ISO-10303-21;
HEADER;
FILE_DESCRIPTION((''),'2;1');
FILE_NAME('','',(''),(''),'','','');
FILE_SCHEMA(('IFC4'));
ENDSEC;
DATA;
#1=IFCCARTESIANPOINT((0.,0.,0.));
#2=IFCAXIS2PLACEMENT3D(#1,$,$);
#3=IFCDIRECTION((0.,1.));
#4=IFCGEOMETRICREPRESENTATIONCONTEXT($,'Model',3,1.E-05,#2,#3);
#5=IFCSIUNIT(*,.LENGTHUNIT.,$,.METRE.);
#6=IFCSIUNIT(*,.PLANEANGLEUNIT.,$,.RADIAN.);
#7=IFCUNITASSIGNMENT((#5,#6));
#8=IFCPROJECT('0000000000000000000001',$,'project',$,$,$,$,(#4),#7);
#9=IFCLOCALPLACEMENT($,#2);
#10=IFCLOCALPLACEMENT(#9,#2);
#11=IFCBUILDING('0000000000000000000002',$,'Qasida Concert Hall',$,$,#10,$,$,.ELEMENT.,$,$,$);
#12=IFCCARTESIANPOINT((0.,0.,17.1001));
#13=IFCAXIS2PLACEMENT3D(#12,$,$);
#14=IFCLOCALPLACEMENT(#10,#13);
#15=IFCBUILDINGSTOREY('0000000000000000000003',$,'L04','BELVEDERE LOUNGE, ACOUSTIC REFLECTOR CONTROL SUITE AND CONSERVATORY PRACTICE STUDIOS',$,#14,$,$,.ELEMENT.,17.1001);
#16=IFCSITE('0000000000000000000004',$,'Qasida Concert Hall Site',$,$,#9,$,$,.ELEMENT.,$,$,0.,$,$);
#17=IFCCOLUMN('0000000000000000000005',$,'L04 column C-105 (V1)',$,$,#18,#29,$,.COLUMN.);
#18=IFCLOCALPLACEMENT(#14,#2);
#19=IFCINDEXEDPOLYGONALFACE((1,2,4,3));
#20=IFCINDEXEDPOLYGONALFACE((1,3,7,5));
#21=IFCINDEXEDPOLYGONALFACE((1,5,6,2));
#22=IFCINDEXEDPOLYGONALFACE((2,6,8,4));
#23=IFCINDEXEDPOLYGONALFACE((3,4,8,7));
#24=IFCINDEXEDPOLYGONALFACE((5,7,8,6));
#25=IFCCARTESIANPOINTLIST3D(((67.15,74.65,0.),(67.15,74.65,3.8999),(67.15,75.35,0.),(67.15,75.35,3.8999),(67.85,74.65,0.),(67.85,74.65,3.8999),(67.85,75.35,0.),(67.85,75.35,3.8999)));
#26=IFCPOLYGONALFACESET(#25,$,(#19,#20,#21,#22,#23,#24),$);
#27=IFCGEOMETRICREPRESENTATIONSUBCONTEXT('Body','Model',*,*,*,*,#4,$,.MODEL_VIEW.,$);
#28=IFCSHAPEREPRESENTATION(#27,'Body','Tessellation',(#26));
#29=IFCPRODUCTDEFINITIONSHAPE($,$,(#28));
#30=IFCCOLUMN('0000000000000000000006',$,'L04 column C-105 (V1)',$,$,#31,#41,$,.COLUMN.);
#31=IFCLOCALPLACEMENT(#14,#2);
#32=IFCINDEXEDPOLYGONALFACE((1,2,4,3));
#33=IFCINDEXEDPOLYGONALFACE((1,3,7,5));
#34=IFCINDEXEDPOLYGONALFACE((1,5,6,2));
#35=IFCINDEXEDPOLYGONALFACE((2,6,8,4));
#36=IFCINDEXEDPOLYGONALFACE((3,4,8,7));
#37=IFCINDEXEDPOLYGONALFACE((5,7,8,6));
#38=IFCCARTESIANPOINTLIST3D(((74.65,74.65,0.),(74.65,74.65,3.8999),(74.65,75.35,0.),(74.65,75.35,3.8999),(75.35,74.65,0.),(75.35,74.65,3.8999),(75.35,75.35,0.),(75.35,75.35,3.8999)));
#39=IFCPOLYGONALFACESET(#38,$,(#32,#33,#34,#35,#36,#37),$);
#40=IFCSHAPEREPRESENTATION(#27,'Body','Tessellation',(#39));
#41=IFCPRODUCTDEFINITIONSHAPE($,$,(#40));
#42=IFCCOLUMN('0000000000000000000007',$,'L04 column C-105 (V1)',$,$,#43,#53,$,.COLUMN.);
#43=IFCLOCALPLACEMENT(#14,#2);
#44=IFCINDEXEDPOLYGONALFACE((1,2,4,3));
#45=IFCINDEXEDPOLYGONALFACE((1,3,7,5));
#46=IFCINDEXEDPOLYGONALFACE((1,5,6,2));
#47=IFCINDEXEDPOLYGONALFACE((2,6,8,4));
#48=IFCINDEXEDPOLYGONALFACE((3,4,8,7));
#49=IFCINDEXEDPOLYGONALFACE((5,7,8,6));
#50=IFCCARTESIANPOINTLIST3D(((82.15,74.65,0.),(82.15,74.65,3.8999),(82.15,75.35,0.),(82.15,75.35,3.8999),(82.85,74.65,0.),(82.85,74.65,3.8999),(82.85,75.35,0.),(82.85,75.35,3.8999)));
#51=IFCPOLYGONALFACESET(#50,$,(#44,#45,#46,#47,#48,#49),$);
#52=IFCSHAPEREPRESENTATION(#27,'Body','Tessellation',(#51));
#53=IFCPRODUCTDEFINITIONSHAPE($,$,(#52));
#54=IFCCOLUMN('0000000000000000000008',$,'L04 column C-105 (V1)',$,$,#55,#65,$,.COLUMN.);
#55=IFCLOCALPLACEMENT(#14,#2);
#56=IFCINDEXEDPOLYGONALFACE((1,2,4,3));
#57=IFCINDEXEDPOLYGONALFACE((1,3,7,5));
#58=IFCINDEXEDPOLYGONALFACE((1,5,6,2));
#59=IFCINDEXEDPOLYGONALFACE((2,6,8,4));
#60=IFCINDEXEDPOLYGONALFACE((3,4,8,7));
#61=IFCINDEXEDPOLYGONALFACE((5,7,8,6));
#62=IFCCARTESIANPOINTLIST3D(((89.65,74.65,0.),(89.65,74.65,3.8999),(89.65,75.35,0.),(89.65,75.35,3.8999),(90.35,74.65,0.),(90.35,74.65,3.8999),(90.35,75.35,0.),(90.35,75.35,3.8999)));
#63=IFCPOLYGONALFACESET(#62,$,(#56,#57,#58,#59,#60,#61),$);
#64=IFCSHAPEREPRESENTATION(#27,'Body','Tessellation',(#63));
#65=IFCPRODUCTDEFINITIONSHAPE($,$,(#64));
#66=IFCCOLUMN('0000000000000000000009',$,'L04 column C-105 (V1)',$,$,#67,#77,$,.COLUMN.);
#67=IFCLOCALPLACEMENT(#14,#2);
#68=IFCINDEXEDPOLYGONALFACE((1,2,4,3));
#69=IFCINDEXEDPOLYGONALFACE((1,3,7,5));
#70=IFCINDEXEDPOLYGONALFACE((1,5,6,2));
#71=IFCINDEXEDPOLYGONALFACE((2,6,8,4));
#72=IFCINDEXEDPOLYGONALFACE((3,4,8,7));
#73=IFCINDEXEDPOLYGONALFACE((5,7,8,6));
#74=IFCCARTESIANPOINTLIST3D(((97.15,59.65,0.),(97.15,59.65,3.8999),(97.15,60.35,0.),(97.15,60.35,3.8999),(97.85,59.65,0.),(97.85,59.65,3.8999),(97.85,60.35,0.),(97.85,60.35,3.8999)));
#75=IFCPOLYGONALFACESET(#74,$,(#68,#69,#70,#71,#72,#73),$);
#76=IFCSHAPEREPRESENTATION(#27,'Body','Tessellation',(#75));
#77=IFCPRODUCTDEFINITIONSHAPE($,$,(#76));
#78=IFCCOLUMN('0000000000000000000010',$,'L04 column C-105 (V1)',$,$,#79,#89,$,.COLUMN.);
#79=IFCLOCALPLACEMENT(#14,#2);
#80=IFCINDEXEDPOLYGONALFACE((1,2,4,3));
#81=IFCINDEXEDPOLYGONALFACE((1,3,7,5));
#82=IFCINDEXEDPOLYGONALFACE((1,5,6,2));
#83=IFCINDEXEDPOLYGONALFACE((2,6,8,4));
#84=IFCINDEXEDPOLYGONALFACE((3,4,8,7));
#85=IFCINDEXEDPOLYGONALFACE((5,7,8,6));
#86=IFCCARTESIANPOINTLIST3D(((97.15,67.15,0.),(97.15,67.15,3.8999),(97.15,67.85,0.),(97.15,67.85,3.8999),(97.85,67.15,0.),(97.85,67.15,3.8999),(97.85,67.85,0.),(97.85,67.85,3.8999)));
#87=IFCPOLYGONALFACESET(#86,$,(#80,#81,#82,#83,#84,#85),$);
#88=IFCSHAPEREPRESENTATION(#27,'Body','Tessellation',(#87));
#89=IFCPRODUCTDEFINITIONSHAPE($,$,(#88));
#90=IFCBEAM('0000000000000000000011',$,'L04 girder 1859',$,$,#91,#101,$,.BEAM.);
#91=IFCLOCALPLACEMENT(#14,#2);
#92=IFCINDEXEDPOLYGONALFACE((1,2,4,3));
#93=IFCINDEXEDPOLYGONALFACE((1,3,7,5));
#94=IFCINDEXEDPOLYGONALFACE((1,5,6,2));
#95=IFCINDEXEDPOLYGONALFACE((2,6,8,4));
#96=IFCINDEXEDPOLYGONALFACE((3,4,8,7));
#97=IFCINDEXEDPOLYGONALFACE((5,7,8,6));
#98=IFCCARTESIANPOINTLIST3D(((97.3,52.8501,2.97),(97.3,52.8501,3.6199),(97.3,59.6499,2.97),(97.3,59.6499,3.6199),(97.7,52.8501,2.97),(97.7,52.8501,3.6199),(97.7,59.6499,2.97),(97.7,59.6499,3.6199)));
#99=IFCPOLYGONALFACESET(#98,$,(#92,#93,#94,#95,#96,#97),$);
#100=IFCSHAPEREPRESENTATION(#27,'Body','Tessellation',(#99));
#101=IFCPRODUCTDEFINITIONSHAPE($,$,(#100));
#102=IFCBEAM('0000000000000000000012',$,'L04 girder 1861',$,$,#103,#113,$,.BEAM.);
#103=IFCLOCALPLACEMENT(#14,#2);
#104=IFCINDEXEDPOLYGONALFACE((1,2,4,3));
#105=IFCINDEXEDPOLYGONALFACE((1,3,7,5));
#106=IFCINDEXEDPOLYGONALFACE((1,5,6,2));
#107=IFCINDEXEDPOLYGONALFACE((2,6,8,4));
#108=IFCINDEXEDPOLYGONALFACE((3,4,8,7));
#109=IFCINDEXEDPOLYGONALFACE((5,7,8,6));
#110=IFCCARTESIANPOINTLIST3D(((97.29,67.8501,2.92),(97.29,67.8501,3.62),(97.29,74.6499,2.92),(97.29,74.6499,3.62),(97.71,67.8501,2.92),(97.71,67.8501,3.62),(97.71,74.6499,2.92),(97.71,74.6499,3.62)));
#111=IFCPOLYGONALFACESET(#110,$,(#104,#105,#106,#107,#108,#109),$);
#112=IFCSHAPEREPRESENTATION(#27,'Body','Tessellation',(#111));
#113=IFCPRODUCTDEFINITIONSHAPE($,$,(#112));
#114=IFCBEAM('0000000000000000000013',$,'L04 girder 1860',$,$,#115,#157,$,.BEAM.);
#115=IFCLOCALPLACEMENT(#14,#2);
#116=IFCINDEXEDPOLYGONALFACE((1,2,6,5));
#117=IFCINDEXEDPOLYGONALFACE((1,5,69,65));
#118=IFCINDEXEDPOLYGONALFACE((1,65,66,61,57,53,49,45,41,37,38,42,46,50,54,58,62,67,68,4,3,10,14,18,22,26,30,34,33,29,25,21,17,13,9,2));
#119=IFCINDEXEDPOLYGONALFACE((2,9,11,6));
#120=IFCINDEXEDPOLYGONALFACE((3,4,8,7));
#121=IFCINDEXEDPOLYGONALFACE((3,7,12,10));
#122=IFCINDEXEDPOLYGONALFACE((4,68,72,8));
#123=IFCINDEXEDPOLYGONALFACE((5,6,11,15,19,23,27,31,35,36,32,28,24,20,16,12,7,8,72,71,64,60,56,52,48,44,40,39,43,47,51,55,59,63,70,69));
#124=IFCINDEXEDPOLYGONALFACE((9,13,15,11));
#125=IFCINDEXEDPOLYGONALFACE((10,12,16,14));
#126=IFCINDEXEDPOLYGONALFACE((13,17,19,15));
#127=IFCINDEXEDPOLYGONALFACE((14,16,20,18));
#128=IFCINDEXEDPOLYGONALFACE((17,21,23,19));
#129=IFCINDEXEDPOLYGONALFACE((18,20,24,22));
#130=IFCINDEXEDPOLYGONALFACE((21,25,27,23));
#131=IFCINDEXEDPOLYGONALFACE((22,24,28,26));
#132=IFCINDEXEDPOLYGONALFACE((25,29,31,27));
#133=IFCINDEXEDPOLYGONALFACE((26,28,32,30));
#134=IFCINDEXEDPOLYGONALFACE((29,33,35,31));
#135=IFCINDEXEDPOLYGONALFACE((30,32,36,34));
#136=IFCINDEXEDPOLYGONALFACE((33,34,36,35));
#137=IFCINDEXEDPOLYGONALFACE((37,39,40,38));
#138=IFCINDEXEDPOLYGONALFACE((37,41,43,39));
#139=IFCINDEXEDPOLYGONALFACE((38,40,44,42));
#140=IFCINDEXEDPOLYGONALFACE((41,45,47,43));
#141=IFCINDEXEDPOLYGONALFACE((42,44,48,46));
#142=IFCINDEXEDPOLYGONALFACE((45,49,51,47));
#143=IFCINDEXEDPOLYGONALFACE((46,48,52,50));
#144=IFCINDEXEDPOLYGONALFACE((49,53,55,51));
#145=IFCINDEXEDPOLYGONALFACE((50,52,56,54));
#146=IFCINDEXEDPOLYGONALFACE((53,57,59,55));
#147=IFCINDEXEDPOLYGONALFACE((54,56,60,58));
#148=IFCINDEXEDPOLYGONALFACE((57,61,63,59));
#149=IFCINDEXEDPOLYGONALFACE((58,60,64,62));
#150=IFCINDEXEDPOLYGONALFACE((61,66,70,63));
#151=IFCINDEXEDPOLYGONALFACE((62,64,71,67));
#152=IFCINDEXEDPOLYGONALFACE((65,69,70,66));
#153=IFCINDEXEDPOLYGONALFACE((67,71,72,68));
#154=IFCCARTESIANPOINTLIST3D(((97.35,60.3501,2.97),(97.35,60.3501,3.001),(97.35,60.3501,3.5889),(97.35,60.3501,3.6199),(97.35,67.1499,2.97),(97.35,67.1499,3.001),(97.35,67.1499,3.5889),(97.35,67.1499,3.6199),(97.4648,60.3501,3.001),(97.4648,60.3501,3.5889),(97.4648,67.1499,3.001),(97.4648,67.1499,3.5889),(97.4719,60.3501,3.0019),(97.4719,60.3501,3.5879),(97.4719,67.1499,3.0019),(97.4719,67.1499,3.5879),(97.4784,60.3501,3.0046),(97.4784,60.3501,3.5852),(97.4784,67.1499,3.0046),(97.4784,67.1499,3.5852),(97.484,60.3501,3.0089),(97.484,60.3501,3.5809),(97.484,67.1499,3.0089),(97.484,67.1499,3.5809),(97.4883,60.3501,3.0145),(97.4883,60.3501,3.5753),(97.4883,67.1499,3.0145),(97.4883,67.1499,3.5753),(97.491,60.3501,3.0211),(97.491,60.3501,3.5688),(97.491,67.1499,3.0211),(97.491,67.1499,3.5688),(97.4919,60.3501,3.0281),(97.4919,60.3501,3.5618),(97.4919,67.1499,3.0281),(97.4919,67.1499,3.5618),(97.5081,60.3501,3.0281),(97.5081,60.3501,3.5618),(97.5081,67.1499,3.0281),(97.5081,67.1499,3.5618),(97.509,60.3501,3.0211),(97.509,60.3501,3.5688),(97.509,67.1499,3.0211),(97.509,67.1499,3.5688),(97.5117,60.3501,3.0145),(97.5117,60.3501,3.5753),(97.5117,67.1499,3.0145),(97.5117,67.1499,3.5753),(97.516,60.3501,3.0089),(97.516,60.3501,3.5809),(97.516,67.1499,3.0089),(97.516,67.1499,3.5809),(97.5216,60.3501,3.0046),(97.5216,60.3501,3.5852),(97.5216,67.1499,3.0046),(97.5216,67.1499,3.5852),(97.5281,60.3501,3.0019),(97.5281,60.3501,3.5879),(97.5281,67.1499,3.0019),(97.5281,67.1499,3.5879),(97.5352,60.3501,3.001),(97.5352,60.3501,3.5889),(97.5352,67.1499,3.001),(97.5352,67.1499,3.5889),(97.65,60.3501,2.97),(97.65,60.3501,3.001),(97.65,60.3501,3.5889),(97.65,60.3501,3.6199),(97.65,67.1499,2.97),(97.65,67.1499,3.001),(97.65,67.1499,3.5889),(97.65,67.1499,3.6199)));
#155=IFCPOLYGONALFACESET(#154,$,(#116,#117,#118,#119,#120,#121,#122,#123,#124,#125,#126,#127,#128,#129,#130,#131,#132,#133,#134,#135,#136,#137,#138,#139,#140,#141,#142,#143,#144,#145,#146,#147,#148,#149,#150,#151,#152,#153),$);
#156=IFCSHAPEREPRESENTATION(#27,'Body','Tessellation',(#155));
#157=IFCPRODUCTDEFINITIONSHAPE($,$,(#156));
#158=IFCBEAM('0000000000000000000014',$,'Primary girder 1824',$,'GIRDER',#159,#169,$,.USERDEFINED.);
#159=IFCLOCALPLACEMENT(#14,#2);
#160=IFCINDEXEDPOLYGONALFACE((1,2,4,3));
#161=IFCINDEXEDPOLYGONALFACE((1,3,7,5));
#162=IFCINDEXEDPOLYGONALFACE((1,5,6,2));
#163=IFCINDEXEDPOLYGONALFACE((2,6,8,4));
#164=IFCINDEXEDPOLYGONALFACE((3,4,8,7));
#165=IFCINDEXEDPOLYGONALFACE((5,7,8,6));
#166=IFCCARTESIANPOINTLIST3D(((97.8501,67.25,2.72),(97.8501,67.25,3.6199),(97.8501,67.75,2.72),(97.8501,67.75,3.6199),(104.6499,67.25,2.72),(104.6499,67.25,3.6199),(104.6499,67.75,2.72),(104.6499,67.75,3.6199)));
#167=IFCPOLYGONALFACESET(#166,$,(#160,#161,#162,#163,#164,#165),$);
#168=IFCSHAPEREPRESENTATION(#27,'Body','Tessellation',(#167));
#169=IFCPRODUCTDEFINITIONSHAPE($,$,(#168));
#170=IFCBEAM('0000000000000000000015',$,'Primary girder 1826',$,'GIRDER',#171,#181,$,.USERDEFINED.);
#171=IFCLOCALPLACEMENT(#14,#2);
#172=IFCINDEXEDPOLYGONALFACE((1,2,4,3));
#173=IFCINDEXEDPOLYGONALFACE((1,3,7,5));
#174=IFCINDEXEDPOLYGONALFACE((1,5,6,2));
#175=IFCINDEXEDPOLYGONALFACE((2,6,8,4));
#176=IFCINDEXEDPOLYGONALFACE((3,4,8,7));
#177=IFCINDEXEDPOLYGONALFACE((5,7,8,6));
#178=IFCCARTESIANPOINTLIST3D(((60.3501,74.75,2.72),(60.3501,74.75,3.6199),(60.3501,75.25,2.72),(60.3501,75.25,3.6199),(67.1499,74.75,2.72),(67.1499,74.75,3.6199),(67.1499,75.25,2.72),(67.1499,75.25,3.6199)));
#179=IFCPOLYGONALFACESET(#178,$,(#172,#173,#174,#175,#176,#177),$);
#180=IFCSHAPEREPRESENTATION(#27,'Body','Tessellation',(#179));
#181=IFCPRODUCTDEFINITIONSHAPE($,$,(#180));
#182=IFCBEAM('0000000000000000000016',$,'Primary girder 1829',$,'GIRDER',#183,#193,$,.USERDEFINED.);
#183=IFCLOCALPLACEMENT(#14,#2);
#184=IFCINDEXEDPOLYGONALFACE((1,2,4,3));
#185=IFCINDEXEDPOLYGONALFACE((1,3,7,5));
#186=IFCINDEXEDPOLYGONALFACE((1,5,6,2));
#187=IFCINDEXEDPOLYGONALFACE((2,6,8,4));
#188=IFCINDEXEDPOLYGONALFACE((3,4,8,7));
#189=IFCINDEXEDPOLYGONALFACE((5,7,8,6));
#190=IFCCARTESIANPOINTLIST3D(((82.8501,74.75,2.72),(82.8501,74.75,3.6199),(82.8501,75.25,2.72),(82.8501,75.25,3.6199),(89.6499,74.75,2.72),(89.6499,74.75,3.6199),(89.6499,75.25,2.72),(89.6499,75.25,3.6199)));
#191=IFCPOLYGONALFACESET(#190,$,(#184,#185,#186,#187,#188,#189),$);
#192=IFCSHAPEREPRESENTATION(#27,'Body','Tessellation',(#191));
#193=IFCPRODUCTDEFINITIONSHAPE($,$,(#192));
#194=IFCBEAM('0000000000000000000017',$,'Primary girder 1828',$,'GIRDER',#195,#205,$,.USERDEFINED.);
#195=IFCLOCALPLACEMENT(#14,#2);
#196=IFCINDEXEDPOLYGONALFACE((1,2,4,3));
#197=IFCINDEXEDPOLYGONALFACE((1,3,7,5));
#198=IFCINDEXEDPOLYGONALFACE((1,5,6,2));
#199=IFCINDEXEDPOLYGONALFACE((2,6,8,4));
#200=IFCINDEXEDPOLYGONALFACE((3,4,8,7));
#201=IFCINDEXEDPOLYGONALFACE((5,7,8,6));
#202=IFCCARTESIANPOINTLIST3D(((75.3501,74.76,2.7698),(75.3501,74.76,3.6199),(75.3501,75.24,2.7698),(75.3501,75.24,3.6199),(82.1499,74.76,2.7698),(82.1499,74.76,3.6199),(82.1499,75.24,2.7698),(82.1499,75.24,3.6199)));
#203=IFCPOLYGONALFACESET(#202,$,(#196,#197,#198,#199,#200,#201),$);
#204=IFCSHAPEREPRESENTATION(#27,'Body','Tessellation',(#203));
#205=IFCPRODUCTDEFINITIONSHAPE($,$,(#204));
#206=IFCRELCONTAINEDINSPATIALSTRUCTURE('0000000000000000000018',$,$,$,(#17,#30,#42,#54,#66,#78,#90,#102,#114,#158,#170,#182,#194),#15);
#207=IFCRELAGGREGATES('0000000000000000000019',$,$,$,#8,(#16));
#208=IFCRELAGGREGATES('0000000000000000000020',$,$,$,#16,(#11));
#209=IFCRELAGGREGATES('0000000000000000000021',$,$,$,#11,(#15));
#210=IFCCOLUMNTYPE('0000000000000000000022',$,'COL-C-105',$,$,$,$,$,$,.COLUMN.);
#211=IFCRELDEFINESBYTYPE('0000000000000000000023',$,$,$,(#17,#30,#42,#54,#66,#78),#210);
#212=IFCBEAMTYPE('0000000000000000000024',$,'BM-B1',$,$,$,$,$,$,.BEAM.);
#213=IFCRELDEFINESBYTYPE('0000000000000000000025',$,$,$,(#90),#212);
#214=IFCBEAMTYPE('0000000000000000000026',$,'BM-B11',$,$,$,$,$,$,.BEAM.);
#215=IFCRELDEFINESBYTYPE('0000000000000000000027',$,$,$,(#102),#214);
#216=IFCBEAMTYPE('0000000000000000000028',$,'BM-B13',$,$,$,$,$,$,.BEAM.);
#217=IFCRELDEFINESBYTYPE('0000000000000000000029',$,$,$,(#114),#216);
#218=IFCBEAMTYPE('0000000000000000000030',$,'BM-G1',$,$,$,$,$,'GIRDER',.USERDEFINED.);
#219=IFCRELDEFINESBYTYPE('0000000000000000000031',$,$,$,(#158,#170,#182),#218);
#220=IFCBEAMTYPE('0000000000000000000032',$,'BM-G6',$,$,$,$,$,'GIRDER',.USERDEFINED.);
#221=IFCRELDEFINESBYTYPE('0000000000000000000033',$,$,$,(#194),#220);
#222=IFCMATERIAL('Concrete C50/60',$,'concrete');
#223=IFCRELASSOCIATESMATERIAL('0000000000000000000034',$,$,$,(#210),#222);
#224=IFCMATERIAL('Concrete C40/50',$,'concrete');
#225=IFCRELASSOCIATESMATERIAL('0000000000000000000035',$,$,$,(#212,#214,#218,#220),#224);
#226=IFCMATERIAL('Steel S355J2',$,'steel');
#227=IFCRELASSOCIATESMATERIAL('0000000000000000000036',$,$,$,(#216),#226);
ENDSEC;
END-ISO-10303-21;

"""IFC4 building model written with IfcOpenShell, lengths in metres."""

from ifc_helpers import new_model, si_unit, direction, frame, origin, origin_2d, place, context, subcontext, project, spatial, rectangle, i_section, extrude, material, material_profile, profile_set, type_object, element, save


model = new_model("IFC4")

# Units and contexts
model_context = context("Model", 3, precision=1e-05, world=origin(), true_north=direction((0.0, 1.0)))
body_context = subcontext(model_context, "Body", "Model", "MODEL_VIEW")
ifc_project = project(units=[si_unit("LENGTHUNIT", "METRE"), si_unit("PLANEANGLEUNIT", "RADIAN")], contexts=[model_context])

# Site, building, storey
site_placement = place(None, origin())
site = spatial("IfcSite", under=ifc_project, at=site_placement, Name="Qasida Concert Hall Site", CompositionType="ELEMENT", RefElevation=0.0)
building_placement = place(site_placement, origin())
building = spatial("IfcBuilding", under=site, at=building_placement, Name="Qasida Concert Hall", CompositionType="ELEMENT")
storey_placement = place(building_placement, frame((0.0, 0.0, 17.1001)))
storey = spatial("IfcBuildingStorey", under=building, at=storey_placement, Name="L04", Description="BELVEDERE LOUNGE, ACOUSTIC REFLECTOR CONTROL SUITE AND CONSERVATORY PRACTICE STUDIOS", CompositionType="ELEMENT", Elevation=17.1001)

# Columns
ifc_material_1 = material(Name="Concrete C50/60", Category="concrete")
ifc_material_profile_1 = material_profile(ifc_material_1, rectangle(XDim=0.7, YDim=0.7, at=origin_2d()), Name="RC 700x700")
ifc_profile_set_1 = profile_set([ifc_material_profile_1], Name="Concrete C50/60")
column_type = type_object("IfcColumnType", Name="COL-C-105", PredefinedType="COLUMN", material=ifc_profile_set_1)
for number, where, z_axis, x_axis, name in (
    (1, (67.5, 75.0, 0.0), (0.0, 0.0, 1.0), (1.0, 0.0, 0.0), "L04 column C-105 (V1)"),
    (2, (75.0, 75.0, 0.0), (0.0, 0.0, 1.0), (1.0, 0.0, 0.0), "L04 column C-105 (V1)"),
    (3, (82.5, 75.0, 0.0), (0.0, 0.0, 1.0), (1.0, 0.0, 0.0), "L04 column C-105 (V1)"),
    (4, (90.0, 75.0, 0.0), (0.0, 0.0, 1.0), (1.0, 0.0, 0.0), "L04 column C-105 (V1)"),
    (5, (97.5, 60.0, 0.0), (0.0, 0.0, 1.0), (1.0, 0.0, 0.0), "L04 column C-105 (V1)"),
    (6, (97.5, 67.5, 0.0), (0.0, 0.0, 1.0), (1.0, 0.0, 0.0), "L04 column C-105 (V1)"),
):
    element("IfcColumn", number, at=place(storey_placement, frame(where, z_axis=z_axis, x_axis=x_axis)), inside=storey, type_object=column_type, Name=name, PredefinedType="COLUMN", context=body_context, shape_type="SweptSolid", body=[
        extrude(rectangle(XDim=0.7, YDim=0.7, at=origin_2d()), origin(), (0.0, 0.0, 1.0), 3.8999),
    ])

# Beams
ifc_material_2 = material(Name="Concrete C40/50", Category="concrete")
ifc_material_profile_2 = material_profile(ifc_material_2, rectangle(XDim=0.3999, YDim=0.6499, at=origin_2d()), Name="RC 400x650")
ifc_profile_set_2 = profile_set([ifc_material_profile_2], Name="Concrete C40/50")
beam_type_1 = type_object("IfcBeamType", Name="BM-B1", PredefinedType="BEAM", material=ifc_profile_set_2)
beam_1_placement = place(storey_placement, frame((97.5, 52.8501, 3.2949), z_axis=(0.0, 1.0, 0.0), x_axis=(-1.0, 0.0, 0.0)))
element("IfcBeam", 7, at=beam_1_placement, inside=storey, type_object=beam_type_1, Name="L04 girder 1859", PredefinedType="BEAM", context=body_context, shape_type="SweptSolid", body=[
    extrude(rectangle(XDim=0.3999, YDim=0.6499, at=origin_2d()), origin(), (0.0, 0.0, 1.0), 6.7998),
])
ifc_material_profile_3 = material_profile(ifc_material_2, rectangle(XDim=0.4199, YDim=0.7, at=origin_2d()), Name="RC 420x700")
ifc_profile_set_3 = profile_set([ifc_material_profile_3], Name="Concrete C40/50")
beam_type_2 = type_object("IfcBeamType", Name="BM-B11", PredefinedType="BEAM", material=ifc_profile_set_3)
beam_2_placement = place(storey_placement, frame((97.5, 67.8501, 3.27), z_axis=(0.0, 1.0, 0.0), x_axis=(-1.0, 0.0, 0.0)))
element("IfcBeam", 8, at=beam_2_placement, inside=storey, type_object=beam_type_2, Name="L04 girder 1861", PredefinedType="BEAM", context=body_context, shape_type="SweptSolid", body=[
    extrude(rectangle(XDim=0.4199, YDim=0.7, at=origin_2d()), origin(), (0.0, 0.0, 1.0), 6.7998),
])
ifc_material_3 = material(Name="Steel S355J2", Category="steel")
ifc_material_profile_4 = material_profile(ifc_material_3, i_section(OverallWidth=0.3, OverallDepth=0.6499, WebThickness=0.0161, FlangeThickness=0.031, FilletRadius=0.0271, at=origin_2d()), Name="HEB 650")
ifc_profile_set_4 = profile_set([ifc_material_profile_4], Name="Steel S355J2")
beam_type_3 = type_object("IfcBeamType", Name="BM-B13", PredefinedType="BEAM", material=ifc_profile_set_4)
beam_3_placement = place(storey_placement, frame((97.5, 60.3501, 3.2949), z_axis=(0.0, 1.0, 0.0), x_axis=(-1.0, 0.0, 0.0)))
element("IfcBeam", 9, at=beam_3_placement, inside=storey, type_object=beam_type_3, Name="L04 girder 1860", PredefinedType="BEAM", context=body_context, shape_type="SweptSolid", body=[
    extrude(i_section(OverallWidth=0.3, OverallDepth=0.6499, WebThickness=0.0161, FlangeThickness=0.031, FilletRadius=0.0271, at=origin_2d()), origin(), (0.0, 0.0, 1.0), 6.7998),
])
ifc_material_profile_5 = material_profile(ifc_material_2, rectangle(XDim=0.5, YDim=0.8999, at=origin_2d()), Name="RC 500x900")
ifc_profile_set_5 = profile_set([ifc_material_profile_5], Name="Concrete C40/50")
beam_type_4 = type_object("IfcBeamType", Name="BM-G1", ElementType="GIRDER", PredefinedType="USERDEFINED", material=ifc_profile_set_5)
for number, where, z_axis, x_axis, name in (
    (10, (97.8501, 67.5, 3.1699), (1.0, 0.0, 0.0), (0.0, 1.0, 0.0), "Primary girder 1824"),
    (11, (60.3501, 75.0, 3.1699), (1.0, 0.0, 0.0), (0.0, 1.0, 0.0), "Primary girder 1826"),
    (12, (82.8501, 75.0, 3.1699), (1.0, 0.0, 0.0), (0.0, 1.0, 0.0), "Primary girder 1829"),
):
    element("IfcBeam", number, at=place(storey_placement, frame(where, z_axis=z_axis, x_axis=x_axis)), inside=storey, type_object=beam_type_4, Name=name, ObjectType="GIRDER", PredefinedType="USERDEFINED", context=body_context, shape_type="SweptSolid", body=[
        extrude(rectangle(XDim=0.5, YDim=0.8999, at=origin_2d()), origin(), (0.0, 0.0, 1.0), 6.7998),
    ])
ifc_material_profile_6 = material_profile(ifc_material_2, rectangle(XDim=0.48, YDim=0.8501, at=origin_2d()), Name="RC 480x850")
ifc_profile_set_6 = profile_set([ifc_material_profile_6], Name="Concrete C40/50")
beam_type_5 = type_object("IfcBeamType", Name="BM-G6", ElementType="GIRDER", PredefinedType="USERDEFINED", material=ifc_profile_set_6)
beam_4_placement = place(storey_placement, frame((75.3501, 75.0, 3.1948), z_axis=(1.0, 0.0, 0.0), x_axis=(0.0, 1.0, 0.0)))
element("IfcBeam", 13, at=beam_4_placement, inside=storey, type_object=beam_type_5, Name="Primary girder 1828", ObjectType="GIRDER", PredefinedType="USERDEFINED", context=body_context, shape_type="SweptSolid", body=[
    extrude(rectangle(XDim=0.48, YDim=0.8501, at=origin_2d()), origin(), (0.0, 0.0, 1.0), 6.7998),
])

save(model, "model.ifc")
